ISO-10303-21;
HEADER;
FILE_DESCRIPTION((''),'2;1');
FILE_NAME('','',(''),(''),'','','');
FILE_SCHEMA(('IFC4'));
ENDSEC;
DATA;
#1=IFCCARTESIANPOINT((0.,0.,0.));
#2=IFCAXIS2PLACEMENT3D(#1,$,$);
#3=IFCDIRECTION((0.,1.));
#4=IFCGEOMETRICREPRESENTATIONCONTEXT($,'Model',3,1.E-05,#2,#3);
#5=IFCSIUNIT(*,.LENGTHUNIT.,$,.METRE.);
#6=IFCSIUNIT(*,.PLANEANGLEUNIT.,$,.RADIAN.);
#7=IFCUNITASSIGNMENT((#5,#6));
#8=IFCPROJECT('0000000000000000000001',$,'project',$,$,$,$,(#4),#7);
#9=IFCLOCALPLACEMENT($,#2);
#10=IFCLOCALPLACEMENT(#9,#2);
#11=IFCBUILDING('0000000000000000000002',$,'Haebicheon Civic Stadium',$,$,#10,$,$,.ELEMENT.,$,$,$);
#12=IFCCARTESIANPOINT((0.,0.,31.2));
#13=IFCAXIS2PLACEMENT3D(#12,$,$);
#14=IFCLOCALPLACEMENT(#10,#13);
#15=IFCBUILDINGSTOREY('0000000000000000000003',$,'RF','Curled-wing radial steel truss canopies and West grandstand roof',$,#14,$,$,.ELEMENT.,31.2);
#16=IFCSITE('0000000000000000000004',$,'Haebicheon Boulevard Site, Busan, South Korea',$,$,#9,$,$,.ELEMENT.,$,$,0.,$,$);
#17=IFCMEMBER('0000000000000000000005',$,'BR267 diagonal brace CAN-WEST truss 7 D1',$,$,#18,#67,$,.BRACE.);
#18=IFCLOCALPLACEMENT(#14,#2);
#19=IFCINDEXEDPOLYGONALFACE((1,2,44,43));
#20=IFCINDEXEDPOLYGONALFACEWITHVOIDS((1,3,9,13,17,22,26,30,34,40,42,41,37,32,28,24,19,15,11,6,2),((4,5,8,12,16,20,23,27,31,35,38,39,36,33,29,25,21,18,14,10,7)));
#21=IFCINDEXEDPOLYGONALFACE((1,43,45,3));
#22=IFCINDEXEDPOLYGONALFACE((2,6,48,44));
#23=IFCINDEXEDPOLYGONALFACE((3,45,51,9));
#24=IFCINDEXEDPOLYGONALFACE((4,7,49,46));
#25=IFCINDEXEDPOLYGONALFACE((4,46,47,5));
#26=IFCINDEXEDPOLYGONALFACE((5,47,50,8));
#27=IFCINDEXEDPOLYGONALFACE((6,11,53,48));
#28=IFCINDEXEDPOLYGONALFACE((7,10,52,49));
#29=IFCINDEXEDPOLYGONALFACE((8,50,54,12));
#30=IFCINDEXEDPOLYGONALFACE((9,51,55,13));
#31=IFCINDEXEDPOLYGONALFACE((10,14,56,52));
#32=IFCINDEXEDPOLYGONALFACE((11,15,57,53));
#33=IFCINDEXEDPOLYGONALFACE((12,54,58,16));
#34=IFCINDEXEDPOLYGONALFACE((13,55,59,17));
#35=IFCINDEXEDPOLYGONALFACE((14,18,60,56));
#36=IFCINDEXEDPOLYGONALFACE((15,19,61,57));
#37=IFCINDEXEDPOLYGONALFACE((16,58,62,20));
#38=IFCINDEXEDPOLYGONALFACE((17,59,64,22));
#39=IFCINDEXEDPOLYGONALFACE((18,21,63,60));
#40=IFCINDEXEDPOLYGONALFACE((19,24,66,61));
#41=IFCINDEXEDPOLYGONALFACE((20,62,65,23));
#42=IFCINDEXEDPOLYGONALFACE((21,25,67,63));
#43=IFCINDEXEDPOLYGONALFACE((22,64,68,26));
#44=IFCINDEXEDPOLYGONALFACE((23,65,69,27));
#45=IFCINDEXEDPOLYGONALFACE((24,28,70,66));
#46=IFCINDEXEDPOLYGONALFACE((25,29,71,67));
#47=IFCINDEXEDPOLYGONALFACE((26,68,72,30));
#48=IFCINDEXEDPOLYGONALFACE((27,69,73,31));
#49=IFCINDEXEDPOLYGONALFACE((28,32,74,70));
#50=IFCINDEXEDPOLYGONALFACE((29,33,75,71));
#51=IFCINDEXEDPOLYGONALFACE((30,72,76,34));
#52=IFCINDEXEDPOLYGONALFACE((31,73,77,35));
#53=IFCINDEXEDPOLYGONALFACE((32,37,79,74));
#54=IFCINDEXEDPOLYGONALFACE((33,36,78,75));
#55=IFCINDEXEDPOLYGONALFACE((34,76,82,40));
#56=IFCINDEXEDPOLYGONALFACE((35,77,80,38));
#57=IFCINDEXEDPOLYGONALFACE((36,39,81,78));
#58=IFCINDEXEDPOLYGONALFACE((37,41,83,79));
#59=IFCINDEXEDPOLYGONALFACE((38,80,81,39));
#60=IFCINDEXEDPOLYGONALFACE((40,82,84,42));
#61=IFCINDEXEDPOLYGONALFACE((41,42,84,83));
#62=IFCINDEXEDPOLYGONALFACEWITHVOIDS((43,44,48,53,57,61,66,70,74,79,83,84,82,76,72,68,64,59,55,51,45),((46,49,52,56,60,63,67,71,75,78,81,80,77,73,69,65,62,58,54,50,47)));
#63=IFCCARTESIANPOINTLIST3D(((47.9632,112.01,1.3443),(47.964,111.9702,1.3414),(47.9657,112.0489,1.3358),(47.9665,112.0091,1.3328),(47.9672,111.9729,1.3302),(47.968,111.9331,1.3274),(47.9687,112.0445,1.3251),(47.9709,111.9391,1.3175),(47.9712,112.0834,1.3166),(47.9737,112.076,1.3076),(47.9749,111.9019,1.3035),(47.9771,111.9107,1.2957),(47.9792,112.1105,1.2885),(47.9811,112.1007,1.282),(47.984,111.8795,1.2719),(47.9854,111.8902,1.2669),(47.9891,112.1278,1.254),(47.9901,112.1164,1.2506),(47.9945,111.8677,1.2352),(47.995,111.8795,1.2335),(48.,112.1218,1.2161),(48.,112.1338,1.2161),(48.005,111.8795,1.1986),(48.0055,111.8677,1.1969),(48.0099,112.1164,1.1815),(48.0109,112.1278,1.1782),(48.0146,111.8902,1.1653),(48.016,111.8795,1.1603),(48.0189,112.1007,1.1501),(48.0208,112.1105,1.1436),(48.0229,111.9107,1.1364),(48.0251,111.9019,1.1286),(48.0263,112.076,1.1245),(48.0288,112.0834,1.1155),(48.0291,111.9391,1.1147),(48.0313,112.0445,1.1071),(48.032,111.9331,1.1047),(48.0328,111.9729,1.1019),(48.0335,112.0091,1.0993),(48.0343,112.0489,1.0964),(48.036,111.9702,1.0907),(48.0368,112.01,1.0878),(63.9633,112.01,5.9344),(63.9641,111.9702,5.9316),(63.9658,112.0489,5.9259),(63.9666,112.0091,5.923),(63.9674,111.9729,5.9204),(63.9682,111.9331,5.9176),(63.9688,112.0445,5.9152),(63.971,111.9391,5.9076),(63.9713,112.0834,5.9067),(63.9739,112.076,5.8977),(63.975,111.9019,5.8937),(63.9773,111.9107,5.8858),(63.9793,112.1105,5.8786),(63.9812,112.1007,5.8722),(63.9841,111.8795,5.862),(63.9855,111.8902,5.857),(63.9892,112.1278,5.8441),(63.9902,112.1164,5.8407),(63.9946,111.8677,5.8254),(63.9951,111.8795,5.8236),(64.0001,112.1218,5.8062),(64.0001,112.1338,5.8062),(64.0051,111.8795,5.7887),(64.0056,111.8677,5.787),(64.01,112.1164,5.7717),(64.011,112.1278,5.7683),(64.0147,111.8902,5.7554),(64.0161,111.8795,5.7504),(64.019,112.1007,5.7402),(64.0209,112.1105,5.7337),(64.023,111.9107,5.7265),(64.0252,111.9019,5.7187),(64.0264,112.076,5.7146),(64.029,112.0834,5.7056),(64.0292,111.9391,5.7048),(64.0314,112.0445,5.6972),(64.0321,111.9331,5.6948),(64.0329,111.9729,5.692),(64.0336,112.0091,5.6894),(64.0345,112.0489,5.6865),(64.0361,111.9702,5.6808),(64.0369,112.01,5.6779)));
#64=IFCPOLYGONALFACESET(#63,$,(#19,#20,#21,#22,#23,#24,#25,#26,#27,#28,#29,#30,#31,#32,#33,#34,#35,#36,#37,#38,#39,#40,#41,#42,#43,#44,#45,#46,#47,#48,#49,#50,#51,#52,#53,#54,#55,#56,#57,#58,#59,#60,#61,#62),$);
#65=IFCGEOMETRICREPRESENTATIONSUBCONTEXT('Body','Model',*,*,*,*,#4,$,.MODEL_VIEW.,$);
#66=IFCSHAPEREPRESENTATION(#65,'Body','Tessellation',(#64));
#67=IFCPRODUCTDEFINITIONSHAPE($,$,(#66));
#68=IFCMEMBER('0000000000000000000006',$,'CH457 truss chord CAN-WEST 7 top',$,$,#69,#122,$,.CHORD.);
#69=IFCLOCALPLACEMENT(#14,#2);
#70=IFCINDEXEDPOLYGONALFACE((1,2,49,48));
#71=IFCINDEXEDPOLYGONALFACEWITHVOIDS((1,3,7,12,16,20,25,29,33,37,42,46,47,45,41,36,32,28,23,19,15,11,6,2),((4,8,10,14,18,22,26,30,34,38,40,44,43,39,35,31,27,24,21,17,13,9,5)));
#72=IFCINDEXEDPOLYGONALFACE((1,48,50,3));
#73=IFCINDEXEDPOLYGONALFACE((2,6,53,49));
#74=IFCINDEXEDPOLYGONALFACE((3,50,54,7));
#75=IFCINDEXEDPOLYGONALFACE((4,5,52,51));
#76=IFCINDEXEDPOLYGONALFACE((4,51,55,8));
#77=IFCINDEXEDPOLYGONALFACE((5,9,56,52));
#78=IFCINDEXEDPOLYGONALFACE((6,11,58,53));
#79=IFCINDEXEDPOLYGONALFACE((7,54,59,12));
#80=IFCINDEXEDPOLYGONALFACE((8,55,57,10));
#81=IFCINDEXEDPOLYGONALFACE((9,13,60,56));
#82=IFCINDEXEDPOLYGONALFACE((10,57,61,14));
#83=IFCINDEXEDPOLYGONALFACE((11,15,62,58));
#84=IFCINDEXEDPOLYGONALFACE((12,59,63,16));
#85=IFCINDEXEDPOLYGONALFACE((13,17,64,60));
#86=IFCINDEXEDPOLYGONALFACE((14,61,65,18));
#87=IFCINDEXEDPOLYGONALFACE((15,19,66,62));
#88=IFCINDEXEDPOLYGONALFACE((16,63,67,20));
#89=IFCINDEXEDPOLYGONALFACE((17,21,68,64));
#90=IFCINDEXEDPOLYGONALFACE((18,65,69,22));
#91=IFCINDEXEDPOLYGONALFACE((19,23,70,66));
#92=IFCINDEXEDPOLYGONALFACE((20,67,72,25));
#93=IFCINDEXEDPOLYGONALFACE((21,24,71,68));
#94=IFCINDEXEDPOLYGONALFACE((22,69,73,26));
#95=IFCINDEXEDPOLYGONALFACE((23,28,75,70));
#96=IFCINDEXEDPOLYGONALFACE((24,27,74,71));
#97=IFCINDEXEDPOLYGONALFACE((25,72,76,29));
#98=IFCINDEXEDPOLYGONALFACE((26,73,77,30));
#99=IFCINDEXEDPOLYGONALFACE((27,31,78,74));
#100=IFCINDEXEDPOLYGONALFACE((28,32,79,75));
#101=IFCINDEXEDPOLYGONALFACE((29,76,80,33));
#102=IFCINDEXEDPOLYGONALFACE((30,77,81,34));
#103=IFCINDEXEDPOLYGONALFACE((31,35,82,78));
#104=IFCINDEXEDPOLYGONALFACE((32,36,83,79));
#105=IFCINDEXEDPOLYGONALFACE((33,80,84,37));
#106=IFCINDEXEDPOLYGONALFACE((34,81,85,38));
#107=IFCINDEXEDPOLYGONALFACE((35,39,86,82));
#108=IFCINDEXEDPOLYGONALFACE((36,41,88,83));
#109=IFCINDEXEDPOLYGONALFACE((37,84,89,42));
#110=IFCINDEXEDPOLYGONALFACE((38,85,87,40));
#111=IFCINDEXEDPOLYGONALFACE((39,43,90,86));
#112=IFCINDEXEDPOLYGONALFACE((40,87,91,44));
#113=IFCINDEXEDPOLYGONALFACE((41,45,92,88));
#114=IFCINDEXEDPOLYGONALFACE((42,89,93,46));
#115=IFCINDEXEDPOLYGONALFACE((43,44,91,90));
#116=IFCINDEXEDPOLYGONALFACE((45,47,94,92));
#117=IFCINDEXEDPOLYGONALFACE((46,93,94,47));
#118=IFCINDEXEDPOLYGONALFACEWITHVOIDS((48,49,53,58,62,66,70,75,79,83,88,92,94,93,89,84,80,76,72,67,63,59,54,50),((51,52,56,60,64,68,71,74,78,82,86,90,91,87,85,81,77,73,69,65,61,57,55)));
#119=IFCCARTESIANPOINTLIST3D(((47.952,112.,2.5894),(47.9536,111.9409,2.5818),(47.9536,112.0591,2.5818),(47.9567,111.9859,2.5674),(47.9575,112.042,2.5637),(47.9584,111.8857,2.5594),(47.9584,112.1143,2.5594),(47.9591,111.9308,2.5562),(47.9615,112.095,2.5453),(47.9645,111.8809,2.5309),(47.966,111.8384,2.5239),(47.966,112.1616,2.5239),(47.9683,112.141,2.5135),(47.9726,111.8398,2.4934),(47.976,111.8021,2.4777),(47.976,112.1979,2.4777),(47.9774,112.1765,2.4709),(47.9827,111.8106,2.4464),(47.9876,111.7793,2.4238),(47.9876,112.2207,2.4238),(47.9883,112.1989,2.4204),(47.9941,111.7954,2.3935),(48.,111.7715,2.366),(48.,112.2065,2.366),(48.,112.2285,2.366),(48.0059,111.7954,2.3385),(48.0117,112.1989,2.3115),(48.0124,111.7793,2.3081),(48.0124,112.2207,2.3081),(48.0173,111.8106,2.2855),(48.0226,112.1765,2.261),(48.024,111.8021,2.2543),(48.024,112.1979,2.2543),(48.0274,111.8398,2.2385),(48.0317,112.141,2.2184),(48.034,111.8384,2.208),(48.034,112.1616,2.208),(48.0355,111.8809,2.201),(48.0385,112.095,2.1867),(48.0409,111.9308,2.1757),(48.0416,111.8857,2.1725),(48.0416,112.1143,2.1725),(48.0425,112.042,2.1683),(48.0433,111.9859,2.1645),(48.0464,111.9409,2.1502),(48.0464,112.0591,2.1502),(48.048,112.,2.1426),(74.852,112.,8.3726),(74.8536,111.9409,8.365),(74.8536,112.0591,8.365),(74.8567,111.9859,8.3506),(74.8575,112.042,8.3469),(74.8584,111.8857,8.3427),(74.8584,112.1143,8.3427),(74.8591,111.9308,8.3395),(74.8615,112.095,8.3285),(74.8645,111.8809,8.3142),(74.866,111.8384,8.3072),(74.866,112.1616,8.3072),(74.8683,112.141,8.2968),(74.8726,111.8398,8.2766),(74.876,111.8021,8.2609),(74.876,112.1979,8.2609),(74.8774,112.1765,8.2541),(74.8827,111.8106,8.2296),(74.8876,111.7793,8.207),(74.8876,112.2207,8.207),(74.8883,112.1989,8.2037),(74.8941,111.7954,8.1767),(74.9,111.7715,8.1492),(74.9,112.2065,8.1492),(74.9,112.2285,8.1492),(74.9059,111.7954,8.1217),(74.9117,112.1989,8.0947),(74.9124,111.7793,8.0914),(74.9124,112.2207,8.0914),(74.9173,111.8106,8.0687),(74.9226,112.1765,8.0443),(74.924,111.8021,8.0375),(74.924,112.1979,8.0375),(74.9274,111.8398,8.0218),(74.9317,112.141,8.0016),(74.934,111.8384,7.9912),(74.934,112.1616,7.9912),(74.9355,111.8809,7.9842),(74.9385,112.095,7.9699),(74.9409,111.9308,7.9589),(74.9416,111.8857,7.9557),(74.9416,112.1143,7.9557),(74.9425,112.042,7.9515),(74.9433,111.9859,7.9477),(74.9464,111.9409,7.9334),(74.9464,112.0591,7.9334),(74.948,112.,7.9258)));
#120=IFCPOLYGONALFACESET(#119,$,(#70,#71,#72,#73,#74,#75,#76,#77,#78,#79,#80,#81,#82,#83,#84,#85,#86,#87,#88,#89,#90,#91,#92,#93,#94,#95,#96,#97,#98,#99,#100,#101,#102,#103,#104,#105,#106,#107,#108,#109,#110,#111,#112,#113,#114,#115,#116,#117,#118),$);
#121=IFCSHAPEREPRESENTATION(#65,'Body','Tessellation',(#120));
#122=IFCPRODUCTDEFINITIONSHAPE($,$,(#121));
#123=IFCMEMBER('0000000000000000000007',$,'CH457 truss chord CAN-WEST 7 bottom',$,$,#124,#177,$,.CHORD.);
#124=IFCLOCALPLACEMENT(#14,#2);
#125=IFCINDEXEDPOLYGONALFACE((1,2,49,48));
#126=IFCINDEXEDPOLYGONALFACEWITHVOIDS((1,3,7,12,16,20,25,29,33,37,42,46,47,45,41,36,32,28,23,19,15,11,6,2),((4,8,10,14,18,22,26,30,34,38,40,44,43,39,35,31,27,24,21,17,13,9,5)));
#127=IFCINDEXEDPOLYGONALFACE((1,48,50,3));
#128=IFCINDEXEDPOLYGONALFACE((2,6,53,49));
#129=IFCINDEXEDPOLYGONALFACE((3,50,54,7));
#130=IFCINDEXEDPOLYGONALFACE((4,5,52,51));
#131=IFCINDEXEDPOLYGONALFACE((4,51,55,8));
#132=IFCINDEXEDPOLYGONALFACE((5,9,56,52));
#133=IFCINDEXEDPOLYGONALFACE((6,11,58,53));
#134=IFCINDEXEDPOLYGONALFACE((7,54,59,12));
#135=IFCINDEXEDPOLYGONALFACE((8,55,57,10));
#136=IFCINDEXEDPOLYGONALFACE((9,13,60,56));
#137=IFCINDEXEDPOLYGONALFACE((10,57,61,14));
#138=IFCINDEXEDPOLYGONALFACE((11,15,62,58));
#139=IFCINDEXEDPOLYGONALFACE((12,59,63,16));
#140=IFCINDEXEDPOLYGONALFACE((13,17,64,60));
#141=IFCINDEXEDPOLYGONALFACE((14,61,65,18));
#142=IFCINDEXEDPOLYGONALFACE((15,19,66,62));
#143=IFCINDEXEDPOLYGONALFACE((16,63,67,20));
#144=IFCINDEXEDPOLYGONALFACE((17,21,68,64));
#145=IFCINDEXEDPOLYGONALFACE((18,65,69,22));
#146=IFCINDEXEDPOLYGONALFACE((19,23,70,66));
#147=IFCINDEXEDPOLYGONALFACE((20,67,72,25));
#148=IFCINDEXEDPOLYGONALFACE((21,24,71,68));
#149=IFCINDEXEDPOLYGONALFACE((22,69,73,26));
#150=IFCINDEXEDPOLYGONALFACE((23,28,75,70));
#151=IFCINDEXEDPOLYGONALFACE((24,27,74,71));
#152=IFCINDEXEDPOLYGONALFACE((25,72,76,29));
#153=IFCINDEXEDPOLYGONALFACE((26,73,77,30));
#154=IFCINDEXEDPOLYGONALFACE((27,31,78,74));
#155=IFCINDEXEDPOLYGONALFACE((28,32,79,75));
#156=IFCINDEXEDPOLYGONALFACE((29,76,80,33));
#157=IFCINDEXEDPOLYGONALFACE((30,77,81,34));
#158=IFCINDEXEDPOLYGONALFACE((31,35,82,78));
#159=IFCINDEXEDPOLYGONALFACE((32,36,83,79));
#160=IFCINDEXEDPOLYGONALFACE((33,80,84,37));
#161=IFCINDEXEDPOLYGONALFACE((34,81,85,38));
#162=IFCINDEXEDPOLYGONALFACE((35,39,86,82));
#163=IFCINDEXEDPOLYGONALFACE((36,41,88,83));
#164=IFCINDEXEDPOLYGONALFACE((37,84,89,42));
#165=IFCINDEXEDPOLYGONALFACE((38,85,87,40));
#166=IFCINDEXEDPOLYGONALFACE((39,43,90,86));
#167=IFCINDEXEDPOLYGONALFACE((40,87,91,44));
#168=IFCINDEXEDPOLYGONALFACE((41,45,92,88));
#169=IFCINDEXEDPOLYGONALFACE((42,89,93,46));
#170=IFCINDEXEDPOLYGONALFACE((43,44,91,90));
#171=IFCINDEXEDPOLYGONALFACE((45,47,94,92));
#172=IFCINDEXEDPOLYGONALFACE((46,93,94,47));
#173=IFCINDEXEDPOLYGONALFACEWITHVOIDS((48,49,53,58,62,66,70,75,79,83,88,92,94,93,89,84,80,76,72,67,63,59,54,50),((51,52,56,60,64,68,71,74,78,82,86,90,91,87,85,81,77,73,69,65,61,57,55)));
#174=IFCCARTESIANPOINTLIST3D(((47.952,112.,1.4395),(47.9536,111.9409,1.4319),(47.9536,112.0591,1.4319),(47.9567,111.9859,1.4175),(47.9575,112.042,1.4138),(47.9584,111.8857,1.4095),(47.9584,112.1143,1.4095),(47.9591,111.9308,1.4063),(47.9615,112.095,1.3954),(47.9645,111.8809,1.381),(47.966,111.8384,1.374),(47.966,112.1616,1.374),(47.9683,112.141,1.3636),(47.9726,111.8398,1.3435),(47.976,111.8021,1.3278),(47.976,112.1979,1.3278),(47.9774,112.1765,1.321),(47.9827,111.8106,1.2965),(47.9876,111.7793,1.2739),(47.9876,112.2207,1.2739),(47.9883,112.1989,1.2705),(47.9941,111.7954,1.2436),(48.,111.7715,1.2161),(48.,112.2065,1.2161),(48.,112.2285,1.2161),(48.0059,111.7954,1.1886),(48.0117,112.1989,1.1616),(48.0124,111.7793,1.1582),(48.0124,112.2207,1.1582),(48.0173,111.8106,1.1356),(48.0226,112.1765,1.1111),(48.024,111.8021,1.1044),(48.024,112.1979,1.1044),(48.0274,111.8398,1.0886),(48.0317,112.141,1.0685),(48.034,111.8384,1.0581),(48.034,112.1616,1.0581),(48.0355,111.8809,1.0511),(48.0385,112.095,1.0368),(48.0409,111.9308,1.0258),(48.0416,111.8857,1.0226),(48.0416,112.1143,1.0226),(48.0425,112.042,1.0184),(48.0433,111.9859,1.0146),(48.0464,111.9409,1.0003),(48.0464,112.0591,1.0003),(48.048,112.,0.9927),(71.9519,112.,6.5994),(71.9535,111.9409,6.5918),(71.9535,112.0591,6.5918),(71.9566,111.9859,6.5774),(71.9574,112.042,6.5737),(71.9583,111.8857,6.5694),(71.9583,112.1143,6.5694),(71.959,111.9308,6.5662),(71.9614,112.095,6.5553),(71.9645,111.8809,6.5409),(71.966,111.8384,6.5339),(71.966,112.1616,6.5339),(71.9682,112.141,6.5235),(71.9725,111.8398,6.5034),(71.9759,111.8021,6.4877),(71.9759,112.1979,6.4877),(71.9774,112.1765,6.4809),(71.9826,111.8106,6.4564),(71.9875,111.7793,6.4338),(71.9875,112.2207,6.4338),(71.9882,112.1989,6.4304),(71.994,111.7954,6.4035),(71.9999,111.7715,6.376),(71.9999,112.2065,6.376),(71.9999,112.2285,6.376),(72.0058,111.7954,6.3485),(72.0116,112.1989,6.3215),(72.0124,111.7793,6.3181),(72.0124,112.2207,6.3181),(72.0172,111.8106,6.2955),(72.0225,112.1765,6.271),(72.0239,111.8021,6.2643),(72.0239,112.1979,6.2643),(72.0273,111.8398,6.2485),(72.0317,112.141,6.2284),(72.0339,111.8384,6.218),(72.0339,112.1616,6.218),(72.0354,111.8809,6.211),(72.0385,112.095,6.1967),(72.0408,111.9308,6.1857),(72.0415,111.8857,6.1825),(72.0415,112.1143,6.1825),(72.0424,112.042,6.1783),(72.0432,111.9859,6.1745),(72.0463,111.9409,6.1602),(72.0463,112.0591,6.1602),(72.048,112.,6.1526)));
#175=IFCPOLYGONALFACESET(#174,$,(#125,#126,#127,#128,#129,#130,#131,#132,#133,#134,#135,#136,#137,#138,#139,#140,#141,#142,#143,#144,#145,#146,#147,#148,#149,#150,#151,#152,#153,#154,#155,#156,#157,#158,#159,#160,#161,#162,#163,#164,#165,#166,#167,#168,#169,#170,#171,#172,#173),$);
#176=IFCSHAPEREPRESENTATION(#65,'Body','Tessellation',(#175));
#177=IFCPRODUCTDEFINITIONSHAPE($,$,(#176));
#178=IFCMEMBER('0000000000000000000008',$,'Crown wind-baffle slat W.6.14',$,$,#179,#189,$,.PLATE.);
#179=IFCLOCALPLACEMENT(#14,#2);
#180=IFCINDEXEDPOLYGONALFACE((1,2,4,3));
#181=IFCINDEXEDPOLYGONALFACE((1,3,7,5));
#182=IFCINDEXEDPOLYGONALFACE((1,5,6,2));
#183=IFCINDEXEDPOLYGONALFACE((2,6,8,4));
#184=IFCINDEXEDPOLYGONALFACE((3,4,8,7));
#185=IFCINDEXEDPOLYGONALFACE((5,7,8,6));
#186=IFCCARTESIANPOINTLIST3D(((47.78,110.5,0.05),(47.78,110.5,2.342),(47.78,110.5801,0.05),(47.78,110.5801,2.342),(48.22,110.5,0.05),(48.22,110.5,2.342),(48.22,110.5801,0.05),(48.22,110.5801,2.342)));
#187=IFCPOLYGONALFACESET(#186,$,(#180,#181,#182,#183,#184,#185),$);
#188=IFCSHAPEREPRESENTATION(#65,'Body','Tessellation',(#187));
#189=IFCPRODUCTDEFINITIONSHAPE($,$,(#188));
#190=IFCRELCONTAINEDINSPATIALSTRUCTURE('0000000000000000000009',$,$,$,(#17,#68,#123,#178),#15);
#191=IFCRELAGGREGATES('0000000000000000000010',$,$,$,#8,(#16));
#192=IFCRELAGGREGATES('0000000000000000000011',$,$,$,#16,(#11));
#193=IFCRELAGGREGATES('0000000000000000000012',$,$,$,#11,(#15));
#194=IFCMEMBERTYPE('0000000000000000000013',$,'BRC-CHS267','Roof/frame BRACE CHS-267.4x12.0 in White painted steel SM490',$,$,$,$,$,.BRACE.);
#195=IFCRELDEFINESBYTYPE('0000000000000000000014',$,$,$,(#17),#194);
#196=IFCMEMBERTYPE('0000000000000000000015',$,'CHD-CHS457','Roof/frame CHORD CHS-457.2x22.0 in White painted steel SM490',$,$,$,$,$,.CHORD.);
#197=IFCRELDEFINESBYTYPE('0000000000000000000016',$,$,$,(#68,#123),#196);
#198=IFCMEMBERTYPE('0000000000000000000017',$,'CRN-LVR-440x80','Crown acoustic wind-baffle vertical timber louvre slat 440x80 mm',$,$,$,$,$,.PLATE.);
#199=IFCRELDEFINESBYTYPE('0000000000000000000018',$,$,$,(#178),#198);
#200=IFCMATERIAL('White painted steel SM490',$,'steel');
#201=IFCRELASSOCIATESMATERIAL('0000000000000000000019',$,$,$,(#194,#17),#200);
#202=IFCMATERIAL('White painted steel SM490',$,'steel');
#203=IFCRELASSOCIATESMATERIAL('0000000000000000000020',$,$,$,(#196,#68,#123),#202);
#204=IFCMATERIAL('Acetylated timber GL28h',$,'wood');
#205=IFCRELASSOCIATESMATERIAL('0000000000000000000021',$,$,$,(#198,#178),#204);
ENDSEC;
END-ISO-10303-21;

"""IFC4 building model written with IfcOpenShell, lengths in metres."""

from ifc_helpers import new_model, si_unit, direction, frame, origin, origin_2d, place, context, subcontext, project, spatial, rectangle, hollow_circle, extrude, material, material_profile, profile_set, type_object, element, save


model = new_model("IFC4")

# Units and contexts
model_context = context("Model", 3, precision=1e-05, world=origin(), true_north=direction((0.0, 1.0)))
body_context = subcontext(model_context, "Body", "Model", "MODEL_VIEW")
ifc_project = project(units=[si_unit("LENGTHUNIT", "METRE"), si_unit("PLANEANGLEUNIT", "RADIAN")], contexts=[model_context])

# Site, building, storey
site_placement = place(None, origin())
site = spatial("IfcSite", under=ifc_project, at=site_placement, Name="Haebicheon Boulevard Site, Busan, South Korea", CompositionType="ELEMENT", RefElevation=0.0)
building_placement = place(site_placement, origin())
building = spatial("IfcBuilding", under=site, at=building_placement, Name="Haebicheon Civic Stadium", CompositionType="ELEMENT")
storey_placement = place(building_placement, frame((0.0, 0.0, 31.2)))
storey = spatial("IfcBuildingStorey", under=building, at=storey_placement, Name="RF", Description="Curled-wing radial steel truss canopies and West grandstand roof", CompositionType="ELEMENT", Elevation=31.2)

# Members
ifc_material_1 = material(Name="White painted steel SM490", Category="steel")
ifc_material_profile_1 = material_profile(ifc_material_1, hollow_circle(Radius=0.1338, WallThickness=0.012, at=origin_2d()), Name="CHS-267.4x12.0")
ifc_profile_set_1 = profile_set([ifc_material_profile_1], Name="White painted steel SM490")
member_type_1 = type_object("IfcMemberType", Name="BRC-CHS267", Description="Roof/frame BRACE CHS-267.4x12.0 in White painted steel SM490", PredefinedType="BRACE", material=ifc_profile_set_1)
member_1_placement = place(storey_placement, frame((48.0, 112.0, 1.2161), z_axis=(0.961227, 0.0, 0.275757), x_axis=(0.0, 1.0, 0.0)))
element("IfcMember", 1, at=member_1_placement, inside=storey, type_object=member_type_1, material=ifc_profile_set_1, Name="BR267 diagonal brace CAN-WEST truss 7 D1", PredefinedType="BRACE", context=body_context, shape_type="SweptSolid", body=[
    extrude(hollow_circle(Radius=0.1338, WallThickness=0.012, at=origin_2d()), origin(), (0.0, 0.0, 1.0), 16.6455),
])
ifc_material_2 = material(Name="White painted steel SM490", Category="steel")
ifc_material_profile_2 = material_profile(ifc_material_2, hollow_circle(Radius=0.2285, WallThickness=0.022, at=origin_2d()), Name="CHS-457.2x22.0")
ifc_profile_set_2 = profile_set([ifc_material_profile_2], Name="White painted steel SM490")
member_type_2 = type_object("IfcMemberType", Name="CHD-CHS457", Description="Roof/frame CHORD CHS-457.2x22.0 in White painted steel SM490", PredefinedType="CHORD", material=ifc_profile_set_2)
member_2_placement = place(storey_placement, frame((48.0, 112.0, 2.366), z_axis=(0.977661, 0.0, 0.210187), x_axis=(0.0, 1.0, 0.0)))
element("IfcMember", 2, at=member_2_placement, inside=storey, type_object=member_type_2, material=ifc_profile_set_2, Name="CH457 truss chord CAN-WEST 7 top", PredefinedType="CHORD", context=body_context, shape_type="SweptSolid", body=[
    extrude(hollow_circle(Radius=0.2285, WallThickness=0.022, at=origin_2d()), origin(), (0.0, 0.0, 1.0), 27.5146),
])
member_3_placement = place(storey_placement, frame((48.0, 112.0, 1.2161), z_axis=(0.97766, 0.0, 0.210193), x_axis=(0.0, 1.0, 0.0)))
element("IfcMember", 3, at=member_3_placement, inside=storey, type_object=member_type_2, material=ifc_profile_set_2, Name="CH457 truss chord CAN-WEST 7 bottom", PredefinedType="CHORD", context=body_context, shape_type="SweptSolid", body=[
    extrude(hollow_circle(Radius=0.2285, WallThickness=0.022, at=origin_2d()), origin(), (0.0, 0.0, 1.0), 24.5483),
])
ifc_material_3 = material(Name="Acetylated timber GL28h", Category="wood")
ifc_material_profile_3 = material_profile(ifc_material_3, rectangle(XDim=0.0801, YDim=0.4399, at=origin_2d()), Name="TMB-LOUV-80x440")
ifc_profile_set_3 = profile_set([ifc_material_profile_3], Name="Acetylated timber GL28h")
member_type_3 = type_object("IfcMemberType", Name="CRN-LVR-440x80", Description="Crown acoustic wind-baffle vertical timber louvre slat 440x80 mm", PredefinedType="PLATE", material=ifc_profile_set_3)
member_4_placement = place(storey_placement, frame((48.0, 110.54, 0.05), z_axis=(0.0, 0.0, 1.0), x_axis=(0.0, 1.0, 0.0)))
element("IfcMember", 4, at=member_4_placement, inside=storey, type_object=member_type_3, material=ifc_profile_set_3, Name="Crown wind-baffle slat W.6.14", PredefinedType="PLATE", context=body_context, shape_type="SweptSolid", body=[
    extrude(rectangle(XDim=0.0801, YDim=0.4399, at=origin_2d()), origin(), (0.0, 0.0, 1.0), 2.292),
])

save(model, "model.ifc")
